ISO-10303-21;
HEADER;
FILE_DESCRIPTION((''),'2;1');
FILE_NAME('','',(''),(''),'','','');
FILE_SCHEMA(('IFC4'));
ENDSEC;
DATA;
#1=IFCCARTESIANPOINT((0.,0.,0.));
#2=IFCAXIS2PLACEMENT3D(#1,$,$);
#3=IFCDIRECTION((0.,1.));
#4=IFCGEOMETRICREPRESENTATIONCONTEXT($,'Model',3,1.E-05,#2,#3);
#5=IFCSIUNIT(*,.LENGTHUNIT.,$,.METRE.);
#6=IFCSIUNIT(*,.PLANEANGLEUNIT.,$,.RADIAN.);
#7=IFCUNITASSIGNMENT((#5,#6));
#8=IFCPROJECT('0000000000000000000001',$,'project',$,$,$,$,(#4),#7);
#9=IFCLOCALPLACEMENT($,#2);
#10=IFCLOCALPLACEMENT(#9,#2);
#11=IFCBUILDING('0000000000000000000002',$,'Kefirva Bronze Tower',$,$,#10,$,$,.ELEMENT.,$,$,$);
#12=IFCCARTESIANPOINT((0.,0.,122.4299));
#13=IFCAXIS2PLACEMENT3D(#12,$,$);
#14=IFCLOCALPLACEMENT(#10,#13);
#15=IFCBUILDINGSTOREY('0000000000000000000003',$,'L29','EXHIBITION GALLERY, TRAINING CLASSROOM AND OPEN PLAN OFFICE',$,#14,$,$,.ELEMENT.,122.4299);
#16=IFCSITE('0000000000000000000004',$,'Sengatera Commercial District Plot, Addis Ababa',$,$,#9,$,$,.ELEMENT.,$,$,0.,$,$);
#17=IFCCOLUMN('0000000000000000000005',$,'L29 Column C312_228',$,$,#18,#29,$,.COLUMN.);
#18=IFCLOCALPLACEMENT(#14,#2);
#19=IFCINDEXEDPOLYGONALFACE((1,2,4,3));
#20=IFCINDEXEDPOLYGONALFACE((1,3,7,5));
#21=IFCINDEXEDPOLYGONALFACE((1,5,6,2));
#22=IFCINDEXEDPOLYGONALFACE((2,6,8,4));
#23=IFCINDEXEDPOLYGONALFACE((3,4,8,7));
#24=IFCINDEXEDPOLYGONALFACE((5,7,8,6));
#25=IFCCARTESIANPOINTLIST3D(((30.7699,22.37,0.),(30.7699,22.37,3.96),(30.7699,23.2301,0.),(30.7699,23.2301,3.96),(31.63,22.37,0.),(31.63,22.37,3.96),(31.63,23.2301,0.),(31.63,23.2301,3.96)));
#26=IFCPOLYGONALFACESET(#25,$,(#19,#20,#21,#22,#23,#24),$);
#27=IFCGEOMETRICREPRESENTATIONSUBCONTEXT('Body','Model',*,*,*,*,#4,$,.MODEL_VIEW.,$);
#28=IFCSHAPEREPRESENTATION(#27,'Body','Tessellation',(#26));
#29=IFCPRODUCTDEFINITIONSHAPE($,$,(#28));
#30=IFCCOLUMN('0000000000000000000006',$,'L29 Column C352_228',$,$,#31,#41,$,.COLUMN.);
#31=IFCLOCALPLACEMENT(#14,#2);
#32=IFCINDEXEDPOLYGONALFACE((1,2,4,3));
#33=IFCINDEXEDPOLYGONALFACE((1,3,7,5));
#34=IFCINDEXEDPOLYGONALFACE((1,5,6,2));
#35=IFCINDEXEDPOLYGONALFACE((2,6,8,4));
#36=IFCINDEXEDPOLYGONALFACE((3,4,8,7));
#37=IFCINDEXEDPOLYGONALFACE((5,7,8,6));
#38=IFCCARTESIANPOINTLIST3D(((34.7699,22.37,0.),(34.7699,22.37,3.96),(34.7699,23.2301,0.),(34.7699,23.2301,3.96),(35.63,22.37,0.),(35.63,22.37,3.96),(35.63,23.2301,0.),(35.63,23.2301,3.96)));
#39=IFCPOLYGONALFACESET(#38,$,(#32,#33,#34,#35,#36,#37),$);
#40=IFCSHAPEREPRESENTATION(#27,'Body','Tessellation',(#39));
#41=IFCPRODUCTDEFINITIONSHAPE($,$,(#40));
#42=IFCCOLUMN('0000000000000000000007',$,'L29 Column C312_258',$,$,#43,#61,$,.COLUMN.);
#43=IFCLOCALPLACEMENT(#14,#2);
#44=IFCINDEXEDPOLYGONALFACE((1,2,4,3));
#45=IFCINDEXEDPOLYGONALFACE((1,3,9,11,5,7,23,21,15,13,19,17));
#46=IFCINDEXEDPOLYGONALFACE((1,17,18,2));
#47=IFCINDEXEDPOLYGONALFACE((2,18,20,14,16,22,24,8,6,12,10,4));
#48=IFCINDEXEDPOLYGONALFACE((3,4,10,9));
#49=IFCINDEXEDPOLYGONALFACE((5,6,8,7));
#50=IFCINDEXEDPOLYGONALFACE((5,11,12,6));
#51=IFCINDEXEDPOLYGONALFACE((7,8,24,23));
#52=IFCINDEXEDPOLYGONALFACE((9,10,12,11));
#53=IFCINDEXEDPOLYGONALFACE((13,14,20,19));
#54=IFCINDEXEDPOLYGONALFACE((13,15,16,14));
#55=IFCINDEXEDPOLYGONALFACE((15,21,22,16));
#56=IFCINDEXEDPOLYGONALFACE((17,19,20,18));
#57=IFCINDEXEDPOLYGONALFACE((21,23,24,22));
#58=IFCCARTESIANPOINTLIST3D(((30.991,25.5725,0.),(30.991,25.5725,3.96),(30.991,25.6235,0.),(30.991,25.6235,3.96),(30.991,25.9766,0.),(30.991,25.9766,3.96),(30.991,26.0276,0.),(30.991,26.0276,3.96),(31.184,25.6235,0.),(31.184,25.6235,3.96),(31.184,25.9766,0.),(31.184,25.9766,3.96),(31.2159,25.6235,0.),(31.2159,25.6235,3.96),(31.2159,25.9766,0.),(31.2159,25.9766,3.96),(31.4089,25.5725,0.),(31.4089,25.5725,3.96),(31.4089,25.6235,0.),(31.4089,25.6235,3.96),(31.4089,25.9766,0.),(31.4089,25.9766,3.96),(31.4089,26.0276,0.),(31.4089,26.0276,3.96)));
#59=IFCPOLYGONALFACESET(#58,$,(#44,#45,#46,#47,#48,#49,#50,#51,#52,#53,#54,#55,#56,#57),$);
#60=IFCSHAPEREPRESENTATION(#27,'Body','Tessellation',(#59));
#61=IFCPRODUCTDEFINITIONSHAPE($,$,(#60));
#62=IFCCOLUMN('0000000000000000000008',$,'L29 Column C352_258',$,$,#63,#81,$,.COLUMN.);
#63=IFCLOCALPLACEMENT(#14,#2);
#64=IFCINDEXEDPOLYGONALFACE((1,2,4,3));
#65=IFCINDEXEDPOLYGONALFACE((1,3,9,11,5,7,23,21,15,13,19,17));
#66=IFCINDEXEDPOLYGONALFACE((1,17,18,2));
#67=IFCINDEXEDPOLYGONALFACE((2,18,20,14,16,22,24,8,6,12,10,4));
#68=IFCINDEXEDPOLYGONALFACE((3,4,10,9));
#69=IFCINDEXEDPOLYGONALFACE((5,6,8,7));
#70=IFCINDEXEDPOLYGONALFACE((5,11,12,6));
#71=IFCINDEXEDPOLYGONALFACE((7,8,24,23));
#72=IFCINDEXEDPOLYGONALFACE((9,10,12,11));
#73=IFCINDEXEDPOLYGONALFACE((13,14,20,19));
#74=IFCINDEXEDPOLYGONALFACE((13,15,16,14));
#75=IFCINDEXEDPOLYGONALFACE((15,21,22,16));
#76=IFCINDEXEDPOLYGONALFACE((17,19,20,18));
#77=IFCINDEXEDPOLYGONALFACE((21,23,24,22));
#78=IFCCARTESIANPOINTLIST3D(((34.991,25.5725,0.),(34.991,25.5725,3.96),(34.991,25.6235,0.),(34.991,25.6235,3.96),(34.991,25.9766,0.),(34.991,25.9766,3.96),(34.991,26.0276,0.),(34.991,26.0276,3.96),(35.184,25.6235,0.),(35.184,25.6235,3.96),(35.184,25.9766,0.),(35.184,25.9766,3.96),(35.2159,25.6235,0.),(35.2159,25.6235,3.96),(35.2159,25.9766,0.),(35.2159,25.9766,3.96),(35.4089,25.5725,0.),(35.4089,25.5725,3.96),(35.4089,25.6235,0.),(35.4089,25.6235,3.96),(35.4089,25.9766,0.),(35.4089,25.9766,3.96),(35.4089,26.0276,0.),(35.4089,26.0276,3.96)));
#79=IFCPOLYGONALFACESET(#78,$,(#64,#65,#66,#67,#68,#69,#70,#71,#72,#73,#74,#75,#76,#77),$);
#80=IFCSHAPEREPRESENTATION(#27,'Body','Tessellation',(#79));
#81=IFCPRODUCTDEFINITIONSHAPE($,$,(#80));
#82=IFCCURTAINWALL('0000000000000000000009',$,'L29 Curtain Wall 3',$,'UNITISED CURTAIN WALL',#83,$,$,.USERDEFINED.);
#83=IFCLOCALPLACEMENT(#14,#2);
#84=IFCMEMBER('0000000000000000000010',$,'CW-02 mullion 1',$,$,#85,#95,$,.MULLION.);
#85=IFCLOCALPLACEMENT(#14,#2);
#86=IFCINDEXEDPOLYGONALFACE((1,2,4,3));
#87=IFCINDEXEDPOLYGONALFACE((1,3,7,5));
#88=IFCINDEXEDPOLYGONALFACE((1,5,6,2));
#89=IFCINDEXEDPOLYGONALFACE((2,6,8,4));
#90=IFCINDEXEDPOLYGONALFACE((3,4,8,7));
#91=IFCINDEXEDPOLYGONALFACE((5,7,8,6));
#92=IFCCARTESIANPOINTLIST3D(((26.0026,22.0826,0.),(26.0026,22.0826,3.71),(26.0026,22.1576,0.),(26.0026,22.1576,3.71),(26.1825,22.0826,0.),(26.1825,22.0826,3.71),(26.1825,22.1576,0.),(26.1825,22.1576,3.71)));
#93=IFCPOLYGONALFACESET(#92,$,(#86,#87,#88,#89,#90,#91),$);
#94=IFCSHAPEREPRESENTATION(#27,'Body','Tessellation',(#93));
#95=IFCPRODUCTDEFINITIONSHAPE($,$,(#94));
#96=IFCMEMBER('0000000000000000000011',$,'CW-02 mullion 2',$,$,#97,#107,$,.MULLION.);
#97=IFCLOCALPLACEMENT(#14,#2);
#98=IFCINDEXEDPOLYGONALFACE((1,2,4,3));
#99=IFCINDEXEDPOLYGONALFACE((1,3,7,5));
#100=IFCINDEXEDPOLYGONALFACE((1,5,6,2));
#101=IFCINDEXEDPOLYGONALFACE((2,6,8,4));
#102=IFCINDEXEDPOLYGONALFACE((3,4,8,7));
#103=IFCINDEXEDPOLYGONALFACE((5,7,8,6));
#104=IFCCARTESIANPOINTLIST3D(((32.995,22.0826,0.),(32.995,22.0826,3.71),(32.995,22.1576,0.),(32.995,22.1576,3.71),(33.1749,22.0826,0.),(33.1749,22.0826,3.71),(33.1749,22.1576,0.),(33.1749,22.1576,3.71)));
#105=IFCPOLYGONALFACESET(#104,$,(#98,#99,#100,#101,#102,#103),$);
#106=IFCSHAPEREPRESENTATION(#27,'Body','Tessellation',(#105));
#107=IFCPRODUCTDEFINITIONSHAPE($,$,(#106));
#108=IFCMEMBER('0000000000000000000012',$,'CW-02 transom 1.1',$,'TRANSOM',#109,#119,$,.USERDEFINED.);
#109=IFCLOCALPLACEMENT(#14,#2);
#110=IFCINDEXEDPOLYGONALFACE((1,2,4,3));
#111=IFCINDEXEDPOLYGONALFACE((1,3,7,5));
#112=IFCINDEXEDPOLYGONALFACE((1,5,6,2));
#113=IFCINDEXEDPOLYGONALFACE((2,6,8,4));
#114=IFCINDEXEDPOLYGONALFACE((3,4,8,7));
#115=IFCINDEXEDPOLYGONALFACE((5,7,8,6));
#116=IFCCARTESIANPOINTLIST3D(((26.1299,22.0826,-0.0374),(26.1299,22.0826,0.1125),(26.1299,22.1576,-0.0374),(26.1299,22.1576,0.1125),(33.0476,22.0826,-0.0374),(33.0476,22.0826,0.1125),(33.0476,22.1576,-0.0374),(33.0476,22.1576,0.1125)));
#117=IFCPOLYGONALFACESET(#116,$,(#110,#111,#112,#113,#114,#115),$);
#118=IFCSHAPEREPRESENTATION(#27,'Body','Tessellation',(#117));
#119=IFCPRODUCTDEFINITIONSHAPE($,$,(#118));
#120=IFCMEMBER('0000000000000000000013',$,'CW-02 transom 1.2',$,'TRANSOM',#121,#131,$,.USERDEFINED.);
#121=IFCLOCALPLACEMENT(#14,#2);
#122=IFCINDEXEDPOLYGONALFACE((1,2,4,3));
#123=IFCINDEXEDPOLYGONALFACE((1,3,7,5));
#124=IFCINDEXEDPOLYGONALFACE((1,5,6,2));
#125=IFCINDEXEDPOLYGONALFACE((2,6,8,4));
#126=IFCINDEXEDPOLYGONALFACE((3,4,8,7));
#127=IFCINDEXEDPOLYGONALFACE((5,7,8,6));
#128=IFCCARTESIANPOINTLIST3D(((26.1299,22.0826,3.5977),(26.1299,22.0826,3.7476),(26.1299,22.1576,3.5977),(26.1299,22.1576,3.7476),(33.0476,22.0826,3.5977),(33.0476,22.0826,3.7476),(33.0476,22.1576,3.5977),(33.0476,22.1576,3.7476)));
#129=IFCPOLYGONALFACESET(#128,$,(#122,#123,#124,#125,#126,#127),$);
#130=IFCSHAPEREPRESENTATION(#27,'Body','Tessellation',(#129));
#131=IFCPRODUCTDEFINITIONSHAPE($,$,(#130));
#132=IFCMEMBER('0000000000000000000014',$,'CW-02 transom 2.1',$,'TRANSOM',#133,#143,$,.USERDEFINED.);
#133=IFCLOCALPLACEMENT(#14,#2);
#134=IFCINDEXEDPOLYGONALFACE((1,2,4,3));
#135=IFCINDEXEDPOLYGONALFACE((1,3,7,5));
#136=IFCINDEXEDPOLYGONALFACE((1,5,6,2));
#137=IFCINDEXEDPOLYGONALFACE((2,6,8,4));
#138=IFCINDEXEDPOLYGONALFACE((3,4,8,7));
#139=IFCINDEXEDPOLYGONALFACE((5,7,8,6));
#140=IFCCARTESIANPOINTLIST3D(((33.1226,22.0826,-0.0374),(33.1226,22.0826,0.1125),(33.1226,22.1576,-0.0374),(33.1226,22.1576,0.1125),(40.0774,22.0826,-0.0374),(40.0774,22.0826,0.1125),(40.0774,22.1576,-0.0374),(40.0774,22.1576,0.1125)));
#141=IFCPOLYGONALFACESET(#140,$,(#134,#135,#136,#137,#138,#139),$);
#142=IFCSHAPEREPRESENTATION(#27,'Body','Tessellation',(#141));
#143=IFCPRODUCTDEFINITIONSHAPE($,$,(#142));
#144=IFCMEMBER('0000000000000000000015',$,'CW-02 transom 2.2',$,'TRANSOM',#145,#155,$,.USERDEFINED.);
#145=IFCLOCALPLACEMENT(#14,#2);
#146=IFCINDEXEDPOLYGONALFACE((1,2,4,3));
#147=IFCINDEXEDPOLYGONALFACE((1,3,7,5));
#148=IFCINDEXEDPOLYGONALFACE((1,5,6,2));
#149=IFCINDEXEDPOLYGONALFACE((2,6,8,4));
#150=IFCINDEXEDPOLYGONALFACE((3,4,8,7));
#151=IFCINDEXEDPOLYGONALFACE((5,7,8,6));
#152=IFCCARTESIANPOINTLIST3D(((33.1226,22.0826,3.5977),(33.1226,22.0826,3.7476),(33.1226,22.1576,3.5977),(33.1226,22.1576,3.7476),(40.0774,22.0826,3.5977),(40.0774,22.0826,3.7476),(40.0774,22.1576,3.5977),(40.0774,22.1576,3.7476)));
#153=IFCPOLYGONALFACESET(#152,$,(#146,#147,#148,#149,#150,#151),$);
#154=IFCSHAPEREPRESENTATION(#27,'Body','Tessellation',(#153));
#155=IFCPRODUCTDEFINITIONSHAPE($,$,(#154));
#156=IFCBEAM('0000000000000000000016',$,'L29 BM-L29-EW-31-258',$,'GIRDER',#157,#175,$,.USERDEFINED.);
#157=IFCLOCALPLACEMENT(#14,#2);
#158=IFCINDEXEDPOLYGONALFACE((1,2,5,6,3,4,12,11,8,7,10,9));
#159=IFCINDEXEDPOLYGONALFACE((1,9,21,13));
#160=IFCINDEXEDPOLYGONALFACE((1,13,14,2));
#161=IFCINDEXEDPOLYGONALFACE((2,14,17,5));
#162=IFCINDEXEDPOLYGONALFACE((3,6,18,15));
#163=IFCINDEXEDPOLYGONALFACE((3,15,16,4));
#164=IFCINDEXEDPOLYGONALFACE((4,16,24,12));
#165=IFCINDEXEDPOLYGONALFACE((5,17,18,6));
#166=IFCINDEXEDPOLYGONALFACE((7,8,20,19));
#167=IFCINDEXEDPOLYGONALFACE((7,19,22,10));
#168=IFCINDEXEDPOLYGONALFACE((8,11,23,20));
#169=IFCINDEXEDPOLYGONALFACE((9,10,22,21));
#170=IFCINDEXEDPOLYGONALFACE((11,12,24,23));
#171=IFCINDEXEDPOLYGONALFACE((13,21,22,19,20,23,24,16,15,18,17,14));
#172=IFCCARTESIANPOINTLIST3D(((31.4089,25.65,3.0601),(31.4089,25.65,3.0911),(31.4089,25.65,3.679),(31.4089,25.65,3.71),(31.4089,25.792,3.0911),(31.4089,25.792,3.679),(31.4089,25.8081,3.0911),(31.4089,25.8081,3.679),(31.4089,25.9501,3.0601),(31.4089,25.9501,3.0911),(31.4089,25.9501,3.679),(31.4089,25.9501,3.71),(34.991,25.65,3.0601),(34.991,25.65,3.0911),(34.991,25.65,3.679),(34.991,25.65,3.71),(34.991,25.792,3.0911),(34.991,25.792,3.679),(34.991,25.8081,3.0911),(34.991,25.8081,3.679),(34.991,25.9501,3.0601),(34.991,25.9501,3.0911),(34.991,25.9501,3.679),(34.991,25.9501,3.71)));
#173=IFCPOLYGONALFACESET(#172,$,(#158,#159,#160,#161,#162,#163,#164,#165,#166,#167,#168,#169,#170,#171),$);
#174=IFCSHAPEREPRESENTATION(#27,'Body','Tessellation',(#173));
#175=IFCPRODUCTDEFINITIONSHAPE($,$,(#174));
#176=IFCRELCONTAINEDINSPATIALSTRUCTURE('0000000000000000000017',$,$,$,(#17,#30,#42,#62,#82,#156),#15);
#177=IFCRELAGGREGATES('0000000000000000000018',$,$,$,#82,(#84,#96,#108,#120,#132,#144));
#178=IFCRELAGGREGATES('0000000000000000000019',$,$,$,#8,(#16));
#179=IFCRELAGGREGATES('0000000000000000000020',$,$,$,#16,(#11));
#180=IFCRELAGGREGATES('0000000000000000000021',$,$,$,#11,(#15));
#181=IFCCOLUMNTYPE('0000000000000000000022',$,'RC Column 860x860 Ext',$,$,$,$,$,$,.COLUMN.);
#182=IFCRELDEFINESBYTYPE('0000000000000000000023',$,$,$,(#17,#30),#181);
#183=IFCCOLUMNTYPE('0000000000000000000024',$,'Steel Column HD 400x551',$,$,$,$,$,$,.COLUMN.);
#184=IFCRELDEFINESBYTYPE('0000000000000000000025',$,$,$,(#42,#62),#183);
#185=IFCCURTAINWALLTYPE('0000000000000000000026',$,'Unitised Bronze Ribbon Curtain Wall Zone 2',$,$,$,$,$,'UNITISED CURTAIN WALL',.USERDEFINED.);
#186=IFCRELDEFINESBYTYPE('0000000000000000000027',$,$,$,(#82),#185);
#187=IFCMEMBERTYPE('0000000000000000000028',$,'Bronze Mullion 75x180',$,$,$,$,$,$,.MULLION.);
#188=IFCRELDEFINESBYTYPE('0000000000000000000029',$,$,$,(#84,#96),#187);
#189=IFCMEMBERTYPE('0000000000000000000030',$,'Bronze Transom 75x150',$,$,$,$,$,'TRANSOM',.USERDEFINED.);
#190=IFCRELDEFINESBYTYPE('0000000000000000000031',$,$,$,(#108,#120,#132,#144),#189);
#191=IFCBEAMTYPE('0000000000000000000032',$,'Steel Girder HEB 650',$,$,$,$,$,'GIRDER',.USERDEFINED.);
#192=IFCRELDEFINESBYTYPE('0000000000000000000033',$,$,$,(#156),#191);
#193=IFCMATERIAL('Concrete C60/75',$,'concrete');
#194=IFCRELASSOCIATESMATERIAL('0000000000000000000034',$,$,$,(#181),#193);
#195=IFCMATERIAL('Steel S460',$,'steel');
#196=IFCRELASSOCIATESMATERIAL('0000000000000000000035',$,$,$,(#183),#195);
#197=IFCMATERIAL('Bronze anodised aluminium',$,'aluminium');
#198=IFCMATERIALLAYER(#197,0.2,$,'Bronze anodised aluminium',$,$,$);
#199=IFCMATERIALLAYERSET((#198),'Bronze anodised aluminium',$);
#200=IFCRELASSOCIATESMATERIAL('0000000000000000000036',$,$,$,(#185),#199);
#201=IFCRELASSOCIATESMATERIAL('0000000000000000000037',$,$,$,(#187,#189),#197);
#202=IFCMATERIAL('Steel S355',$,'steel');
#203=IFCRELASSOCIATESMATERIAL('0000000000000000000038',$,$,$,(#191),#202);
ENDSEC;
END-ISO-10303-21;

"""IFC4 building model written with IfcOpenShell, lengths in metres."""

from ifc_helpers import new_model, si_unit, direction, frame, origin, origin_2d, place, context, subcontext, project, spatial, rectangle, i_section, extrude, material, layer, layer_set, material_profile, profile_set, type_object, element, aggregate, save


model = new_model("IFC4")

# Units and contexts
model_context = context("Model", 3, precision=1e-05, world=origin(), true_north=direction((0.0, 1.0)))
body_context = subcontext(model_context, "Body", "Model", "MODEL_VIEW")
ifc_project = project(units=[si_unit("LENGTHUNIT", "METRE"), si_unit("PLANEANGLEUNIT", "RADIAN")], contexts=[model_context])

# Site, building, storey
site_placement = place(None, origin())
site = spatial("IfcSite", under=ifc_project, at=site_placement, Name="Sengatera Commercial District Plot, Addis Ababa", CompositionType="ELEMENT", RefElevation=0.0)
building_placement = place(site_placement, origin())
building = spatial("IfcBuilding", under=site, at=building_placement, Name="Kefirva Bronze Tower", CompositionType="ELEMENT")
storey_placement = place(building_placement, frame((0.0, 0.0, 122.4299)))
storey = spatial("IfcBuildingStorey", under=building, at=storey_placement, Name="L29", Description="EXHIBITION GALLERY, TRAINING CLASSROOM AND OPEN PLAN OFFICE", CompositionType="ELEMENT", Elevation=122.4299)

# Columns
ifc_material_1 = material(Name="Concrete C60/75", Category="concrete")
ifc_material_profile_1 = material_profile(ifc_material_1, rectangle(XDim=0.8601, YDim=0.8601, at=origin_2d()), Name="RC 860x860")
ifc_profile_set_1 = profile_set([ifc_material_profile_1], Name="Concrete C60/75")
column_type_1 = type_object("IfcColumnType", Name="RC Column 860x860 Ext", PredefinedType="COLUMN", material=ifc_profile_set_1)
for number, where, z_axis, x_axis, name in (
    (1, (31.2, 22.8, 0.0), (0.0, 0.0, 1.0), (1.0, 0.0, 0.0), "L29 Column C312_228"),
    (2, (35.2, 22.8, 0.0), (0.0, 0.0, 1.0), (1.0, 0.0, 0.0), "L29 Column C352_228"),
):
    element("IfcColumn", number, at=place(storey_placement, frame(where, z_axis=z_axis, x_axis=x_axis)), inside=storey, type_object=column_type_1, Name=name, PredefinedType="COLUMN", context=body_context, shape_type="SweptSolid", body=[
        extrude(rectangle(XDim=0.8601, YDim=0.8601, at=origin_2d()), origin(), (0.0, 0.0, 1.0), 3.96),
    ])
ifc_material_2 = material(Name="Steel S460", Category="steel")
ifc_material_profile_2 = material_profile(ifc_material_2, i_section(OverallWidth=0.418, OverallDepth=0.4551, WebThickness=0.032, FlangeThickness=0.051, at=origin_2d()), Name="HD 400x551")
ifc_profile_set_2 = profile_set([ifc_material_profile_2], Name="Steel S460")
column_type_2 = type_object("IfcColumnType", Name="Steel Column HD 400x551", PredefinedType="COLUMN", material=ifc_profile_set_2)
for number, where, z_axis, x_axis, name in (
    (3, (31.2, 25.8, 0.0), (0.0, 0.0, 1.0), (1.0, 0.0, 0.0), "L29 Column C312_258"),
    (4, (35.2, 25.8, 0.0), (0.0, 0.0, 1.0), (1.0, 0.0, 0.0), "L29 Column C352_258"),
):
    element("IfcColumn", number, at=place(storey_placement, frame(where, z_axis=z_axis, x_axis=x_axis)), inside=storey, type_object=column_type_2, Name=name, PredefinedType="COLUMN", context=body_context, shape_type="SweptSolid", body=[
        extrude(i_section(OverallWidth=0.418, OverallDepth=0.4551, WebThickness=0.032, FlangeThickness=0.051, at=origin_2d()), origin(), (0.0, 0.0, 1.0), 3.96),
    ])

# Curtain wall, members
ifc_material_3 = material(Name="Bronze anodised aluminium", Category="aluminium")
ifc_layer_1 = layer(ifc_material_3, 0.2, Name="Bronze anodised aluminium")
ifc_layer_set_1 = layer_set([ifc_layer_1], Name="Bronze anodised aluminium")
curtain_wall_type = type_object("IfcCurtainWallType", Name="Unitised Bronze Ribbon Curtain Wall Zone 2", ElementType="UNITISED CURTAIN WALL", PredefinedType="USERDEFINED", material=ifc_layer_set_1)
curtain_wall_placement = place(storey_placement, origin())
curtain_wall = element("IfcCurtainWall", 5, at=curtain_wall_placement, inside=storey, type_object=curtain_wall_type, Name="L29 Curtain Wall 3", ObjectType="UNITISED CURTAIN WALL", PredefinedType="USERDEFINED")
ifc_material_profile_3 = material_profile(ifc_material_3, rectangle(XDim=0.075, YDim=0.1799, at=origin_2d()), Name="ALU 75x180")
ifc_profile_set_3 = profile_set([ifc_material_profile_3], Name="Bronze anodised aluminium")
member_type_1 = type_object("IfcMemberType", Name="Bronze Mullion 75x180", PredefinedType="MULLION", material=ifc_profile_set_3)
member_1_placement = place(storey_placement, frame((26.0925, 22.1201, 0.0), z_axis=(0.0, 0.0, 1.0), x_axis=(0.0, 1.0, 0.0)))
member_1 = element("IfcMember", 6, at=member_1_placement, type_object=member_type_1, Name="CW-02 mullion 1", PredefinedType="MULLION", context=body_context, shape_type="SweptSolid", body=[
    extrude(rectangle(XDim=0.075, YDim=0.1799, at=origin_2d()), origin(), (0.0, 0.0, 1.0), 3.71),
])
member_2_placement = place(storey_placement, frame((33.085, 22.1201, 0.0), z_axis=(0.0, 0.0, 1.0), x_axis=(0.0, 1.0, 0.0)))
member_2 = element("IfcMember", 7, at=member_2_placement, type_object=member_type_1, Name="CW-02 mullion 2", PredefinedType="MULLION", context=body_context, shape_type="SweptSolid", body=[
    extrude(rectangle(XDim=0.075, YDim=0.1799, at=origin_2d()), origin(), (0.0, 0.0, 1.0), 3.71),
])
ifc_material_profile_4 = material_profile(ifc_material_3, rectangle(XDim=0.075, YDim=0.1499, at=origin_2d()), Name="ALU 75x150")
ifc_profile_set_4 = profile_set([ifc_material_profile_4], Name="Bronze anodised aluminium")
member_type_2 = type_object("IfcMemberType", Name="Bronze Transom 75x150", ElementType="TRANSOM", PredefinedType="USERDEFINED", material=ifc_profile_set_4)
member_3_placement = place(storey_placement, frame((26.1299, 22.1201, 0.0376), z_axis=(1.0, 0.0, 0.0), x_axis=(0.0, 1.0, 0.0)))
member_3 = element("IfcMember", 8, at=member_3_placement, type_object=member_type_2, Name="CW-02 transom 1.1", ObjectType="TRANSOM", PredefinedType="USERDEFINED", context=body_context, shape_type="SweptSolid", body=[
    extrude(rectangle(XDim=0.075, YDim=0.1499, at=origin_2d()), origin(), (0.0, 0.0, 1.0), 6.9177),
])
member_4_placement = place(storey_placement, frame((26.1299, 22.1201, 3.6726), z_axis=(1.0, 0.0, 0.0), x_axis=(0.0, 1.0, 0.0)))
member_4 = element("IfcMember", 9, at=member_4_placement, type_object=member_type_2, Name="CW-02 transom 1.2", ObjectType="TRANSOM", PredefinedType="USERDEFINED", context=body_context, shape_type="SweptSolid", body=[
    extrude(rectangle(XDim=0.075, YDim=0.1499, at=origin_2d()), origin(), (0.0, 0.0, 1.0), 6.9177),
])
member_5_placement = place(storey_placement, frame((33.1226, 22.1201, 0.0376), z_axis=(1.0, 0.0, 0.0), x_axis=(0.0, 1.0, 0.0)))
member_5 = element("IfcMember", 10, at=member_5_placement, type_object=member_type_2, Name="CW-02 transom 2.1", ObjectType="TRANSOM", PredefinedType="USERDEFINED", context=body_context, shape_type="SweptSolid", body=[
    extrude(rectangle(XDim=0.075, YDim=0.1499, at=origin_2d()), origin(), (0.0, 0.0, 1.0), 6.9548),
])
member_6_placement = place(storey_placement, frame((33.1226, 22.1201, 3.6726), z_axis=(1.0, 0.0, 0.0), x_axis=(0.0, 1.0, 0.0)))
member_6 = element("IfcMember", 11, at=member_6_placement, type_object=member_type_2, Name="CW-02 transom 2.2", ObjectType="TRANSOM", PredefinedType="USERDEFINED", context=body_context, shape_type="SweptSolid", body=[
    extrude(rectangle(XDim=0.075, YDim=0.1499, at=origin_2d()), origin(), (0.0, 0.0, 1.0), 6.9548),
])

# Beam
ifc_material_4 = material(Name="Steel S355", Category="steel")
ifc_material_profile_5 = material_profile(ifc_material_4, i_section(OverallWidth=0.3, OverallDepth=0.6499, WebThickness=0.0161, FlangeThickness=0.031, at=origin_2d()), Name="HEB 650")
ifc_profile_set_5 = profile_set([ifc_material_profile_5], Name="Steel S355")
beam_type_1 = type_object("IfcBeamType", Name="Steel Girder HEB 650", ElementType="GIRDER", PredefinedType="USERDEFINED", material=ifc_profile_set_5)
beam_1_placement = place(storey_placement, frame((31.4089, 25.8, 3.385), z_axis=(1.0, 0.0, 0.0), x_axis=(0.0, 1.0, 0.0)))
element("IfcBeam", 12, at=beam_1_placement, inside=storey, type_object=beam_type_1, Name="L29 BM-L29-EW-31-258", ObjectType="GIRDER", PredefinedType="USERDEFINED", context=body_context, shape_type="SweptSolid", body=[
    extrude(i_section(OverallWidth=0.3, OverallDepth=0.6499, WebThickness=0.0161, FlangeThickness=0.031, at=origin_2d()), origin(), (0.0, 0.0, 1.0), 3.582),
])

aggregate(curtain_wall, [member_1, member_2, member_3, member_4, member_5, member_6])

save(model, "model.ifc")
